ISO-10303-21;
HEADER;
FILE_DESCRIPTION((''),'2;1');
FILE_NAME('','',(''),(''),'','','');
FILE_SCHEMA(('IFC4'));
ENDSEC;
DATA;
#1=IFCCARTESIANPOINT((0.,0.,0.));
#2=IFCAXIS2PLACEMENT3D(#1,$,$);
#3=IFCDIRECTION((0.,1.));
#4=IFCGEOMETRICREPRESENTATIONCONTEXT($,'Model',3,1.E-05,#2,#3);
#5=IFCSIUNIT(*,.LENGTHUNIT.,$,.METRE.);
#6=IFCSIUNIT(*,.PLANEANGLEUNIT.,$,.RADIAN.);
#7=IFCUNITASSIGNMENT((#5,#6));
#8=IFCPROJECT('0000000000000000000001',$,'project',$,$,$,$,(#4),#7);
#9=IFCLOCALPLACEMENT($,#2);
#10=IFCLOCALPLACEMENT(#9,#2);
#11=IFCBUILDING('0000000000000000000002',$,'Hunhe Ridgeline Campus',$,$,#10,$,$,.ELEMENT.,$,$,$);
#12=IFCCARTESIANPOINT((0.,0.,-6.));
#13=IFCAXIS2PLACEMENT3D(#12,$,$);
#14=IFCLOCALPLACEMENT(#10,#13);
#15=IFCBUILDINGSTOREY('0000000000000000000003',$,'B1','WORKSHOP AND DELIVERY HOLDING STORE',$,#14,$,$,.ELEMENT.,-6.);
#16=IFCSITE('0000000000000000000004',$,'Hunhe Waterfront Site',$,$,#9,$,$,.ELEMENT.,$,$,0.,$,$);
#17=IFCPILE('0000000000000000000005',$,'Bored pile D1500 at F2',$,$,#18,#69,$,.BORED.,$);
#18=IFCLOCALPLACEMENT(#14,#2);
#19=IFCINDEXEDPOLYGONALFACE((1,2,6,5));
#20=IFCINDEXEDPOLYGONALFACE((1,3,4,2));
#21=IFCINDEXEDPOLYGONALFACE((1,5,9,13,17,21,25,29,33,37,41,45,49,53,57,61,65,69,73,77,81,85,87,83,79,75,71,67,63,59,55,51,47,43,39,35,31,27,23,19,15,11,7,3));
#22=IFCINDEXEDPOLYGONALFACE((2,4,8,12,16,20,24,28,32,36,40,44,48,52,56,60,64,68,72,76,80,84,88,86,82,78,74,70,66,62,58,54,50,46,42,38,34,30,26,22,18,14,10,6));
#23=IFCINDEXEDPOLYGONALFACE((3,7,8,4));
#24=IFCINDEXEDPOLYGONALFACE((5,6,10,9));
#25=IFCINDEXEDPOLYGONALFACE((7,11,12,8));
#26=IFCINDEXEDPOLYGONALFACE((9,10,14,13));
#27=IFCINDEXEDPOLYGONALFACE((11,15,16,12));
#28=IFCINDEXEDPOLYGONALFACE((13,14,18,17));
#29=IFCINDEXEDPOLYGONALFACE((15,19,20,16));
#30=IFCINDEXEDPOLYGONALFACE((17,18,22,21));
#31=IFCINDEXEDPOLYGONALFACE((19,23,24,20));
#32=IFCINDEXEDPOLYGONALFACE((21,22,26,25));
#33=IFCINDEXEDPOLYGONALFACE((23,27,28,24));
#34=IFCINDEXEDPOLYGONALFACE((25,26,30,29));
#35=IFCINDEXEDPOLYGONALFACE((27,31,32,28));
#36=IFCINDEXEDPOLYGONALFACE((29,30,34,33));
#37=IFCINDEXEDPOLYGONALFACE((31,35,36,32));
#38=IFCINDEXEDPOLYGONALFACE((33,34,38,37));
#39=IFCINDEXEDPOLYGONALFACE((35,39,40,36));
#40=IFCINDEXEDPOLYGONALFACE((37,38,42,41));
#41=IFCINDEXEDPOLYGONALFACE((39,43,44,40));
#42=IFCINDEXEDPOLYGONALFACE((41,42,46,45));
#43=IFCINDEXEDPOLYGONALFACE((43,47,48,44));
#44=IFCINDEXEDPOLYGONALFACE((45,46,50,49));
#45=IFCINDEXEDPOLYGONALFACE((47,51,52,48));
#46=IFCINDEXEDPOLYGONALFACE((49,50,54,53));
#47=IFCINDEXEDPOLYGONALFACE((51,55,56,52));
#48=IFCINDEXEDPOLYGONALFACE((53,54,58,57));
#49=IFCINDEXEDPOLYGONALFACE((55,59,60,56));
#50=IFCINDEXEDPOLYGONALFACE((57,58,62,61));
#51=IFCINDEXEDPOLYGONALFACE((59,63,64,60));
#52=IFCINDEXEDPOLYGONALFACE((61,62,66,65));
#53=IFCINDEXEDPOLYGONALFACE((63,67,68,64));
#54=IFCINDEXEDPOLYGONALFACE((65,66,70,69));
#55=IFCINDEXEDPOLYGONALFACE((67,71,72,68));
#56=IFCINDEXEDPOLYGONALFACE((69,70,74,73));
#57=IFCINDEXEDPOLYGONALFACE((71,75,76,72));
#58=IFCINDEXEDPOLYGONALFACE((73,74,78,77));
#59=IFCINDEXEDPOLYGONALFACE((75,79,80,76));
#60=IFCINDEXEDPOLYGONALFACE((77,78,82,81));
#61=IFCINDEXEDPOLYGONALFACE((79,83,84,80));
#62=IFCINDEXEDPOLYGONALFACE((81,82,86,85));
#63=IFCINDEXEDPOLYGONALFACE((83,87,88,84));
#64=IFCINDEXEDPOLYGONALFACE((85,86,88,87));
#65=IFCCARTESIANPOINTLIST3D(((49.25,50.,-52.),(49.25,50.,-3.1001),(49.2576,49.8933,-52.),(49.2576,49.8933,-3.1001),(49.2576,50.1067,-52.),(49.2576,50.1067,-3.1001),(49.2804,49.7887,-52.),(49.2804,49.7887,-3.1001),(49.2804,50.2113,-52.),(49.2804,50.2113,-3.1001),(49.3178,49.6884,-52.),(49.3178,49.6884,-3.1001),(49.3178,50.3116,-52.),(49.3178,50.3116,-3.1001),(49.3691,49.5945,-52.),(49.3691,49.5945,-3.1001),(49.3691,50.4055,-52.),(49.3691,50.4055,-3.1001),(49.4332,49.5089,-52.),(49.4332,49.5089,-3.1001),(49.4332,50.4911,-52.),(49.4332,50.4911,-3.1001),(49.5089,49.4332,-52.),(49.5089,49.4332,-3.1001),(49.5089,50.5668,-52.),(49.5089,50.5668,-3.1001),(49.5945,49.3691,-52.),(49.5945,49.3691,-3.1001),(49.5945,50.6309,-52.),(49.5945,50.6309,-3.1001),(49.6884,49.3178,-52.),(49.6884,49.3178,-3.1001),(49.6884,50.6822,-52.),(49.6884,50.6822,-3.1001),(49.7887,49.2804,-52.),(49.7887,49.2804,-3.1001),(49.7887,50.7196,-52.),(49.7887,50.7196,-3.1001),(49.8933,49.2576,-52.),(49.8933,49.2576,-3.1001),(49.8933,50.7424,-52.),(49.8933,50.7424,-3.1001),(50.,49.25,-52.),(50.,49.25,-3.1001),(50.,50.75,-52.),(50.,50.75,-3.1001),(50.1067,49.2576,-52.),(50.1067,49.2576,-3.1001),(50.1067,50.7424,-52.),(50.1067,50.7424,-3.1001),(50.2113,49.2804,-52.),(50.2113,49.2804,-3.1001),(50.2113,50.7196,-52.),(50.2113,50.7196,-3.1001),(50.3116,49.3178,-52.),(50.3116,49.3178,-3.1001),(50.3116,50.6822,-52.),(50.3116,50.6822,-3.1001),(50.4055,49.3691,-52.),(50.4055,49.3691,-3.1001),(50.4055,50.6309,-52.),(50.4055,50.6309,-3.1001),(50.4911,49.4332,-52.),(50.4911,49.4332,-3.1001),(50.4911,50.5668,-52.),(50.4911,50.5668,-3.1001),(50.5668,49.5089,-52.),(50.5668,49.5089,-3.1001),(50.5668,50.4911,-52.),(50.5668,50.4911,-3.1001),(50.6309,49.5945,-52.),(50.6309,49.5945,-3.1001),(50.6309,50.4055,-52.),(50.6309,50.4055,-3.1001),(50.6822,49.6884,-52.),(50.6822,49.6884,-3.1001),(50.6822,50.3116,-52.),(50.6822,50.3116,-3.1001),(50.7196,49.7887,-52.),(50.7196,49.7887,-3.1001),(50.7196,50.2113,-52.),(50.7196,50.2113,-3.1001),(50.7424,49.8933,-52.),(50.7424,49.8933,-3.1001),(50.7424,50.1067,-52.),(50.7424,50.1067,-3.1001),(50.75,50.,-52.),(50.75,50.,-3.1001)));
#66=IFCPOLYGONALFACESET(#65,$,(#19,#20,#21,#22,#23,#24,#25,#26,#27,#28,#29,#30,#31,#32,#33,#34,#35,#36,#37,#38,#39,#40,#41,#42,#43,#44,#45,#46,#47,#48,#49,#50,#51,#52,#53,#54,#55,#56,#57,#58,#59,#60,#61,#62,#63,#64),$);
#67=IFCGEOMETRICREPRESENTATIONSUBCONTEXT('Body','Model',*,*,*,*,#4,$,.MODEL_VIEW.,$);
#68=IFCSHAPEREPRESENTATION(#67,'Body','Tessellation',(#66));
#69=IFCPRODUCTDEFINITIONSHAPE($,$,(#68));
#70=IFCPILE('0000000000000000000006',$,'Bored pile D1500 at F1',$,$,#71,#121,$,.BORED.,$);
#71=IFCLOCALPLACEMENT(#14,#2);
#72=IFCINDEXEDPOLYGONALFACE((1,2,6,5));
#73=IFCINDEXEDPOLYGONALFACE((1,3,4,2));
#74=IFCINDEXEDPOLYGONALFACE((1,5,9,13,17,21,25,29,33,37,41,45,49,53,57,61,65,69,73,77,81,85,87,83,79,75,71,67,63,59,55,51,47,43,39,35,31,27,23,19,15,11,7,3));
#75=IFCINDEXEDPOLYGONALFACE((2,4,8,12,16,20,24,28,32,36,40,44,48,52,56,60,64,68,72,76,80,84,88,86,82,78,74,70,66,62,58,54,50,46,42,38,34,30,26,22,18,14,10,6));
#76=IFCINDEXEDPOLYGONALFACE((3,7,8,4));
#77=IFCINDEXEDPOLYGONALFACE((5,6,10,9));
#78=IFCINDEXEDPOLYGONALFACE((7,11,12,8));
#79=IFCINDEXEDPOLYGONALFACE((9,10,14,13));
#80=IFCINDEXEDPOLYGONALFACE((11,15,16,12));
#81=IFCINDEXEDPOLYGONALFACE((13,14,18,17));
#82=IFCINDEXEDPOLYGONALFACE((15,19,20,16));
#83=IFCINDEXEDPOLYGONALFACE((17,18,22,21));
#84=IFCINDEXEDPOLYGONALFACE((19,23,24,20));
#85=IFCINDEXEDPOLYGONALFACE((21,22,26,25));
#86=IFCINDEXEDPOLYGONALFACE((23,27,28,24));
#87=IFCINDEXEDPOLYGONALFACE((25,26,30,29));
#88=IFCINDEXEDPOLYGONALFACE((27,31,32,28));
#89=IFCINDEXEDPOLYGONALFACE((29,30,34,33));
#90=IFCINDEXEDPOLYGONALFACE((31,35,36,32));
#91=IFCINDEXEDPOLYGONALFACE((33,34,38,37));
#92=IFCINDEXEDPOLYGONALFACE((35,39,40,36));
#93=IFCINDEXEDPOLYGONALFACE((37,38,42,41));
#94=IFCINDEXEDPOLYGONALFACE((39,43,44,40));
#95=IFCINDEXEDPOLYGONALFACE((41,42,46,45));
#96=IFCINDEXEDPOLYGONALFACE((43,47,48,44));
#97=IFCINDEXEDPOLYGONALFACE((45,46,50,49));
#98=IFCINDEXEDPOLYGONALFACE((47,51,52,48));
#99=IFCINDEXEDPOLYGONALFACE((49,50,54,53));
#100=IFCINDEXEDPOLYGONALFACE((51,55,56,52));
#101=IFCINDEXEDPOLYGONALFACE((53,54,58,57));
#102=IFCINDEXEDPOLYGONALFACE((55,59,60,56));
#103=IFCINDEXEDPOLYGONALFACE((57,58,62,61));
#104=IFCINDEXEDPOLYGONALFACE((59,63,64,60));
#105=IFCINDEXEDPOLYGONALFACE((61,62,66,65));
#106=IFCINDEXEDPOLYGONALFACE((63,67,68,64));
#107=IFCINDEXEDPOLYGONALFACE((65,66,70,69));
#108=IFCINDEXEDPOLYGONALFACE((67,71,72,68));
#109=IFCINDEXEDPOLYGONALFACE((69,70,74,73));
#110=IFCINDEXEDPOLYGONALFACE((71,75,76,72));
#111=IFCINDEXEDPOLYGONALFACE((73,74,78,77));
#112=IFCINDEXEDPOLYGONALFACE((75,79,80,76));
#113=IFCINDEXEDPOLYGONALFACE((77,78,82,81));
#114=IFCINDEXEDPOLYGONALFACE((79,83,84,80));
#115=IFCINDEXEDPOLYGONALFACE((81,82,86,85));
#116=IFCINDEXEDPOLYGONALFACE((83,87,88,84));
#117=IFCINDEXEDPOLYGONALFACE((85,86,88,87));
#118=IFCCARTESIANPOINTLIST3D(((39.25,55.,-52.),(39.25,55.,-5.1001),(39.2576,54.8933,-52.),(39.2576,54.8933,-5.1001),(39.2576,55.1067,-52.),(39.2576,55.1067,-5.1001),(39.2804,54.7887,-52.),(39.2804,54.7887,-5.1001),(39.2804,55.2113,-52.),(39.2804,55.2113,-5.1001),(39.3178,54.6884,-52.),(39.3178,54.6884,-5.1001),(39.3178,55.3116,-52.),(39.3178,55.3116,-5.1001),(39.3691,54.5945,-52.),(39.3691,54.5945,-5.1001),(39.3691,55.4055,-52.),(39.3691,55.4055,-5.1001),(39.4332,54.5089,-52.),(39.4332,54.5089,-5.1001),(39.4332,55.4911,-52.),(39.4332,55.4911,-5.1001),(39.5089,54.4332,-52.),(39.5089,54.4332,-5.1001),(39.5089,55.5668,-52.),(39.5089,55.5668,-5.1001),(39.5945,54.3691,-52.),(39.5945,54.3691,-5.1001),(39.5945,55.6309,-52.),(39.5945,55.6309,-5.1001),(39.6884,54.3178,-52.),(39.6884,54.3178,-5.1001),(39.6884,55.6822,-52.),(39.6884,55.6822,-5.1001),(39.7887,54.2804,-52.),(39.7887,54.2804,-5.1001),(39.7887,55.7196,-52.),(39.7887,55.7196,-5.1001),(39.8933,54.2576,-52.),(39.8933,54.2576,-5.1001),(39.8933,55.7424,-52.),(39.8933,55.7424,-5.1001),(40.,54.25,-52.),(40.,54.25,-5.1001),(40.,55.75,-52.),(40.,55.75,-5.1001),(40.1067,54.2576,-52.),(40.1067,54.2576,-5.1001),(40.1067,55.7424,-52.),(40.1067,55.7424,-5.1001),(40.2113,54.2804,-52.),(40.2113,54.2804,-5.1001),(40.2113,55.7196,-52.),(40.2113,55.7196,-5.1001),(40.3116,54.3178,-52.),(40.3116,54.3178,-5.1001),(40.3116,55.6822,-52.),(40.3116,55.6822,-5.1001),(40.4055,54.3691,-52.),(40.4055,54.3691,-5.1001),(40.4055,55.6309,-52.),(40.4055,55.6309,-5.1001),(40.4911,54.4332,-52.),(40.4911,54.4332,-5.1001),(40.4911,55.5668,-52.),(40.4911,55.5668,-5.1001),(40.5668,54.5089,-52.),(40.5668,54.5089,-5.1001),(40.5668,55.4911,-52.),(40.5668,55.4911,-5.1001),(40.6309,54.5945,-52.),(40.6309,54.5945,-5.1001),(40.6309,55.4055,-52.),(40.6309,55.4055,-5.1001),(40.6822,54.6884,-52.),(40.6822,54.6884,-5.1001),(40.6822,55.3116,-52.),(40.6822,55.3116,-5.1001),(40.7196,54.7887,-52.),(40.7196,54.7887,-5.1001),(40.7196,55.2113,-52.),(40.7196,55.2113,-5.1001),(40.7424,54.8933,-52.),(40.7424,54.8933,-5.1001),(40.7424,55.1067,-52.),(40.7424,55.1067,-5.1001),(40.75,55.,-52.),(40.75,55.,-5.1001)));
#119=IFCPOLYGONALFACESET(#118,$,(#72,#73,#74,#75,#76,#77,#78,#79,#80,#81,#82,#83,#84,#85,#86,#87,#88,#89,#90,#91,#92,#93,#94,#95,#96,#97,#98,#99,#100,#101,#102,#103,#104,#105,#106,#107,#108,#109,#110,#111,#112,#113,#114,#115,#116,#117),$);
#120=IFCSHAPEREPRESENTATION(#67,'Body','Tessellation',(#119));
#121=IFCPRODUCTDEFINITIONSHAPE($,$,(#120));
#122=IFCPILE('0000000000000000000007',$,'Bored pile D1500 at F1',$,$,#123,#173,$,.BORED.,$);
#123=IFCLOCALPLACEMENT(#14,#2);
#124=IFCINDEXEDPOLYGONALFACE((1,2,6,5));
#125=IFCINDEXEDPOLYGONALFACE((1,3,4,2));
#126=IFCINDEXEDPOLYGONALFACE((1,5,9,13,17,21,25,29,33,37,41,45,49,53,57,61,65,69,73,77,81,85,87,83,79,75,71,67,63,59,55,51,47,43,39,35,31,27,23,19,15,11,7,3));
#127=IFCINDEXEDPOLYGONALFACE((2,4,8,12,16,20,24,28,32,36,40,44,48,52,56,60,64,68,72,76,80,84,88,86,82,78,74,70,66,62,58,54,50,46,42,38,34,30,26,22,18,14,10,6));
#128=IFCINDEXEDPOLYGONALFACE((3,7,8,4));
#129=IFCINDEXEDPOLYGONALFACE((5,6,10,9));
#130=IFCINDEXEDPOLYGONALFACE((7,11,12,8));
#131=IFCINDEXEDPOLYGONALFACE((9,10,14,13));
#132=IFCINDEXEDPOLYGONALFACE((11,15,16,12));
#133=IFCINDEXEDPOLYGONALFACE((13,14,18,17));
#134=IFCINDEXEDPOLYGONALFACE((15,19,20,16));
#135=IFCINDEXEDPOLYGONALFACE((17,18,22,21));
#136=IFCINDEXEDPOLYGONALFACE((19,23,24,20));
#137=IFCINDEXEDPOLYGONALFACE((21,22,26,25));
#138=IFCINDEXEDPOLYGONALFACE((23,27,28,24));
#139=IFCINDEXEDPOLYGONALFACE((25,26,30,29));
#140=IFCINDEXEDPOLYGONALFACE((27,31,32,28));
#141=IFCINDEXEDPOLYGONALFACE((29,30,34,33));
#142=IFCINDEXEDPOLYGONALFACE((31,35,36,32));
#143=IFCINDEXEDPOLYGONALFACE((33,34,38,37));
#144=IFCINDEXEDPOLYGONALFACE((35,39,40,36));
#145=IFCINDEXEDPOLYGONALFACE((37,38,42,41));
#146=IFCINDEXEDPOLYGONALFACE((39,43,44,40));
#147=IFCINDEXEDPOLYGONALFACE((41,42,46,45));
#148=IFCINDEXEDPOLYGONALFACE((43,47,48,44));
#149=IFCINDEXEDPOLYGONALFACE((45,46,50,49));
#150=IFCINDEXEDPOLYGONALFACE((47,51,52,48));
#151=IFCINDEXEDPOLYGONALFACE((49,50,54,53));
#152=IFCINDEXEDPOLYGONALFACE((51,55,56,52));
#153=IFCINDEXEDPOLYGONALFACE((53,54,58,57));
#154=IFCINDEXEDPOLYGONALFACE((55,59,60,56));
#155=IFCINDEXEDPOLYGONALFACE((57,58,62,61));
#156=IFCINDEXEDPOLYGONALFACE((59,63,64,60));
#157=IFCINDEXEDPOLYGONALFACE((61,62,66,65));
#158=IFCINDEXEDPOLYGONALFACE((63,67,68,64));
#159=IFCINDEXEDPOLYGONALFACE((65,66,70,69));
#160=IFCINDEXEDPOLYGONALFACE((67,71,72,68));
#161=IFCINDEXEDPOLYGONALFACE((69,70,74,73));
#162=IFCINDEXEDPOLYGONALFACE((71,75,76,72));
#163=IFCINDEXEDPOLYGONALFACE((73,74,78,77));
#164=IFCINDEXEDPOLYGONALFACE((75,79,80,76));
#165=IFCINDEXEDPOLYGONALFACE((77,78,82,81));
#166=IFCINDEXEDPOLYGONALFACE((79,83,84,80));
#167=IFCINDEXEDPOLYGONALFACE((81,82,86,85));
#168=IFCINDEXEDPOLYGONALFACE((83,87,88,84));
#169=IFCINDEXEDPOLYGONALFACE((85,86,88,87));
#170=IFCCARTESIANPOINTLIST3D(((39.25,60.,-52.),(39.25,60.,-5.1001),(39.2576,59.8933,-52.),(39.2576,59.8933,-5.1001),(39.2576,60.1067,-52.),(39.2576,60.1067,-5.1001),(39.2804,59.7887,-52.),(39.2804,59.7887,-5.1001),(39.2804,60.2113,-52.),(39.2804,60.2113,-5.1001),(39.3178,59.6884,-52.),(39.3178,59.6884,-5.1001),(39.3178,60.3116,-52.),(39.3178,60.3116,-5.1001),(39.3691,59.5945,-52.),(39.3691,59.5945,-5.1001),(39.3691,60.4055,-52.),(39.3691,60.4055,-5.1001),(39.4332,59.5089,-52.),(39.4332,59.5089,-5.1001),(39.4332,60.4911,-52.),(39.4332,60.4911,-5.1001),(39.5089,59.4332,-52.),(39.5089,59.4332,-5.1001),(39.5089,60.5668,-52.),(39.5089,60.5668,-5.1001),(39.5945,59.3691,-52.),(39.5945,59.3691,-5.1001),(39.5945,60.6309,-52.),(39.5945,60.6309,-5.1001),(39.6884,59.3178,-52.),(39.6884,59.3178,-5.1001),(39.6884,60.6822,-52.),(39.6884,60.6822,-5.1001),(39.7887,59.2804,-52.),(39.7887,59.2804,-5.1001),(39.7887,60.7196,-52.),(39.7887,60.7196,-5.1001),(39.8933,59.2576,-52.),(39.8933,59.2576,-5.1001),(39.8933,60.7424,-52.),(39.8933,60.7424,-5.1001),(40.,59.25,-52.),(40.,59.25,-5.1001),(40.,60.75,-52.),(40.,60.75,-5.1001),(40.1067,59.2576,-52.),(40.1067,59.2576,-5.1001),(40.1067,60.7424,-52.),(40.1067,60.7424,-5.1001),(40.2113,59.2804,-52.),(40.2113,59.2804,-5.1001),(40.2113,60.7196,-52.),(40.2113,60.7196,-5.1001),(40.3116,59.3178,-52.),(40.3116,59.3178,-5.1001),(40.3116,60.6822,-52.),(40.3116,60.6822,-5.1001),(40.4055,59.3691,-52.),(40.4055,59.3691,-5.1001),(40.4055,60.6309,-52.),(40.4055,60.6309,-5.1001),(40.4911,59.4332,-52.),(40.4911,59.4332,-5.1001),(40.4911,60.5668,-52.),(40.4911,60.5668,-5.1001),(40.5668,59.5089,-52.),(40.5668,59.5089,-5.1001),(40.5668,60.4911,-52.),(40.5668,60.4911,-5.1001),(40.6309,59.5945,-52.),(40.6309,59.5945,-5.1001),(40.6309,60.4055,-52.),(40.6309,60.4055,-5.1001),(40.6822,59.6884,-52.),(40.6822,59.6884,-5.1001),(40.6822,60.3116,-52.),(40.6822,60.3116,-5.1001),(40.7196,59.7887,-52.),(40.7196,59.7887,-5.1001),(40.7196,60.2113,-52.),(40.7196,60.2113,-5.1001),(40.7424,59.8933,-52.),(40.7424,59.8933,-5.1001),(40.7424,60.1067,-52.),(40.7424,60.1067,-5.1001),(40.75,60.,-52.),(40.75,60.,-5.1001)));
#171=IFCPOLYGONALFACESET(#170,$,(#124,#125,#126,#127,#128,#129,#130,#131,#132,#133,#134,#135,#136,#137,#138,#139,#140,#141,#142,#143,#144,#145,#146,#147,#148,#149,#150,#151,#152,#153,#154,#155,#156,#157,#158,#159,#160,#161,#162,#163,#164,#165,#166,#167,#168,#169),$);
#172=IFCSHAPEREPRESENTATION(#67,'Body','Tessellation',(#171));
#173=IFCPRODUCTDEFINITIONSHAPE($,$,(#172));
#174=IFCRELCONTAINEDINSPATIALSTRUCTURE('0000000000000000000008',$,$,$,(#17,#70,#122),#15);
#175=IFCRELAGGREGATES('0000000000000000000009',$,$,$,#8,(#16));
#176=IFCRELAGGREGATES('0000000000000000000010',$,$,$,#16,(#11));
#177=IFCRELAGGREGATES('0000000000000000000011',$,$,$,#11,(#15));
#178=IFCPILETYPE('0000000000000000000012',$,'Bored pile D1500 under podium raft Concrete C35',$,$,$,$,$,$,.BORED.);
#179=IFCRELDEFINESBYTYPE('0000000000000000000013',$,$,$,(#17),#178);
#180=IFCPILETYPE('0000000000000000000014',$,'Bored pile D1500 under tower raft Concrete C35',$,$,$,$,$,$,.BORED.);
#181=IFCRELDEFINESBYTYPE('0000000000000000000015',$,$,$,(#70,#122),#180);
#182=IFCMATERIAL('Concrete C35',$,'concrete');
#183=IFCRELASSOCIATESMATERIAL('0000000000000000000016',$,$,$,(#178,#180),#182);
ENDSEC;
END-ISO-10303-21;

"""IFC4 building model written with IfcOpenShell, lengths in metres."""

from ifc_helpers import new_model, si_unit, direction, frame, origin, origin_2d, place, context, subcontext, project, spatial, circle, extrude, material, material_profile, profile_set, type_object, element, save


model = new_model("IFC4")

# Units and contexts
model_context = context("Model", 3, precision=1e-05, world=origin(), true_north=direction((0.0, 1.0)))
body_context = subcontext(model_context, "Body", "Model", "MODEL_VIEW")
ifc_project = project(units=[si_unit("LENGTHUNIT", "METRE"), si_unit("PLANEANGLEUNIT", "RADIAN")], contexts=[model_context])

# Site, building, storey
site_placement = place(None, origin())
site = spatial("IfcSite", under=ifc_project, at=site_placement, Name="Hunhe Waterfront Site", CompositionType="ELEMENT", RefElevation=0.0)
building_placement = place(site_placement, origin())
building = spatial("IfcBuilding", under=site, at=building_placement, Name="Hunhe Ridgeline Campus", CompositionType="ELEMENT")
storey_placement = place(building_placement, frame((0.0, 0.0, -6.0)))
storey = spatial("IfcBuildingStorey", under=building, at=storey_placement, Name="B1", Description="WORKSHOP AND DELIVERY HOLDING STORE", CompositionType="ELEMENT", Elevation=-6.0)

# Piles
ifc_material_1 = material(Name="Concrete C35", Category="concrete")
ifc_material_profile_1 = material_profile(ifc_material_1, circle(Radius=0.75, at=origin_2d()))
ifc_profile_set_1 = profile_set([ifc_material_profile_1], Name="Concrete C35")
pile_type_1 = type_object("IfcPileType", Name="Bored pile D1500 under podium raft Concrete C35", PredefinedType="BORED", material=ifc_profile_set_1)
for number, where, z_axis, x_axis, name in (
    (1, (50.0, 50.0, -3.1001), (0.0, 0.0, -1.0), (1.0, 0.0, 0.0), "Bored pile D1500 at F2"),
):
    element("IfcPile", number, at=place(storey_placement, frame(where, z_axis=z_axis, x_axis=x_axis)), inside=storey, type_object=pile_type_1, Name=name, PredefinedType="BORED", context=body_context, shape_type="SweptSolid", body=[
        extrude(circle(Radius=0.75, at=origin_2d()), origin(), (0.0, 0.0, 1.0), 48.8999),
    ])
ifc_material_profile_2 = material_profile(ifc_material_1, circle(Radius=0.75, at=origin_2d()))
ifc_profile_set_2 = profile_set([ifc_material_profile_2], Name="Concrete C35")
pile_type_2 = type_object("IfcPileType", Name="Bored pile D1500 under tower raft Concrete C35", PredefinedType="BORED", material=ifc_profile_set_2)
for number, where, z_axis, x_axis, name in (
    (2, (40.0, 55.0, -5.1001), (0.0, 0.0, -1.0), (1.0, 0.0, 0.0), "Bored pile D1500 at F1"),
    (3, (40.0, 60.0, -5.1001), (0.0, 0.0, -1.0), (1.0, 0.0, 0.0), "Bored pile D1500 at F1"),
):
    element("IfcPile", number, at=place(storey_placement, frame(where, z_axis=z_axis, x_axis=x_axis)), inside=storey, type_object=pile_type_2, Name=name, PredefinedType="BORED", context=body_context, shape_type="SweptSolid", body=[
        extrude(circle(Radius=0.75, at=origin_2d()), origin(), (0.0, 0.0, 1.0), 46.8999),
    ])

save(model, "model.ifc")
